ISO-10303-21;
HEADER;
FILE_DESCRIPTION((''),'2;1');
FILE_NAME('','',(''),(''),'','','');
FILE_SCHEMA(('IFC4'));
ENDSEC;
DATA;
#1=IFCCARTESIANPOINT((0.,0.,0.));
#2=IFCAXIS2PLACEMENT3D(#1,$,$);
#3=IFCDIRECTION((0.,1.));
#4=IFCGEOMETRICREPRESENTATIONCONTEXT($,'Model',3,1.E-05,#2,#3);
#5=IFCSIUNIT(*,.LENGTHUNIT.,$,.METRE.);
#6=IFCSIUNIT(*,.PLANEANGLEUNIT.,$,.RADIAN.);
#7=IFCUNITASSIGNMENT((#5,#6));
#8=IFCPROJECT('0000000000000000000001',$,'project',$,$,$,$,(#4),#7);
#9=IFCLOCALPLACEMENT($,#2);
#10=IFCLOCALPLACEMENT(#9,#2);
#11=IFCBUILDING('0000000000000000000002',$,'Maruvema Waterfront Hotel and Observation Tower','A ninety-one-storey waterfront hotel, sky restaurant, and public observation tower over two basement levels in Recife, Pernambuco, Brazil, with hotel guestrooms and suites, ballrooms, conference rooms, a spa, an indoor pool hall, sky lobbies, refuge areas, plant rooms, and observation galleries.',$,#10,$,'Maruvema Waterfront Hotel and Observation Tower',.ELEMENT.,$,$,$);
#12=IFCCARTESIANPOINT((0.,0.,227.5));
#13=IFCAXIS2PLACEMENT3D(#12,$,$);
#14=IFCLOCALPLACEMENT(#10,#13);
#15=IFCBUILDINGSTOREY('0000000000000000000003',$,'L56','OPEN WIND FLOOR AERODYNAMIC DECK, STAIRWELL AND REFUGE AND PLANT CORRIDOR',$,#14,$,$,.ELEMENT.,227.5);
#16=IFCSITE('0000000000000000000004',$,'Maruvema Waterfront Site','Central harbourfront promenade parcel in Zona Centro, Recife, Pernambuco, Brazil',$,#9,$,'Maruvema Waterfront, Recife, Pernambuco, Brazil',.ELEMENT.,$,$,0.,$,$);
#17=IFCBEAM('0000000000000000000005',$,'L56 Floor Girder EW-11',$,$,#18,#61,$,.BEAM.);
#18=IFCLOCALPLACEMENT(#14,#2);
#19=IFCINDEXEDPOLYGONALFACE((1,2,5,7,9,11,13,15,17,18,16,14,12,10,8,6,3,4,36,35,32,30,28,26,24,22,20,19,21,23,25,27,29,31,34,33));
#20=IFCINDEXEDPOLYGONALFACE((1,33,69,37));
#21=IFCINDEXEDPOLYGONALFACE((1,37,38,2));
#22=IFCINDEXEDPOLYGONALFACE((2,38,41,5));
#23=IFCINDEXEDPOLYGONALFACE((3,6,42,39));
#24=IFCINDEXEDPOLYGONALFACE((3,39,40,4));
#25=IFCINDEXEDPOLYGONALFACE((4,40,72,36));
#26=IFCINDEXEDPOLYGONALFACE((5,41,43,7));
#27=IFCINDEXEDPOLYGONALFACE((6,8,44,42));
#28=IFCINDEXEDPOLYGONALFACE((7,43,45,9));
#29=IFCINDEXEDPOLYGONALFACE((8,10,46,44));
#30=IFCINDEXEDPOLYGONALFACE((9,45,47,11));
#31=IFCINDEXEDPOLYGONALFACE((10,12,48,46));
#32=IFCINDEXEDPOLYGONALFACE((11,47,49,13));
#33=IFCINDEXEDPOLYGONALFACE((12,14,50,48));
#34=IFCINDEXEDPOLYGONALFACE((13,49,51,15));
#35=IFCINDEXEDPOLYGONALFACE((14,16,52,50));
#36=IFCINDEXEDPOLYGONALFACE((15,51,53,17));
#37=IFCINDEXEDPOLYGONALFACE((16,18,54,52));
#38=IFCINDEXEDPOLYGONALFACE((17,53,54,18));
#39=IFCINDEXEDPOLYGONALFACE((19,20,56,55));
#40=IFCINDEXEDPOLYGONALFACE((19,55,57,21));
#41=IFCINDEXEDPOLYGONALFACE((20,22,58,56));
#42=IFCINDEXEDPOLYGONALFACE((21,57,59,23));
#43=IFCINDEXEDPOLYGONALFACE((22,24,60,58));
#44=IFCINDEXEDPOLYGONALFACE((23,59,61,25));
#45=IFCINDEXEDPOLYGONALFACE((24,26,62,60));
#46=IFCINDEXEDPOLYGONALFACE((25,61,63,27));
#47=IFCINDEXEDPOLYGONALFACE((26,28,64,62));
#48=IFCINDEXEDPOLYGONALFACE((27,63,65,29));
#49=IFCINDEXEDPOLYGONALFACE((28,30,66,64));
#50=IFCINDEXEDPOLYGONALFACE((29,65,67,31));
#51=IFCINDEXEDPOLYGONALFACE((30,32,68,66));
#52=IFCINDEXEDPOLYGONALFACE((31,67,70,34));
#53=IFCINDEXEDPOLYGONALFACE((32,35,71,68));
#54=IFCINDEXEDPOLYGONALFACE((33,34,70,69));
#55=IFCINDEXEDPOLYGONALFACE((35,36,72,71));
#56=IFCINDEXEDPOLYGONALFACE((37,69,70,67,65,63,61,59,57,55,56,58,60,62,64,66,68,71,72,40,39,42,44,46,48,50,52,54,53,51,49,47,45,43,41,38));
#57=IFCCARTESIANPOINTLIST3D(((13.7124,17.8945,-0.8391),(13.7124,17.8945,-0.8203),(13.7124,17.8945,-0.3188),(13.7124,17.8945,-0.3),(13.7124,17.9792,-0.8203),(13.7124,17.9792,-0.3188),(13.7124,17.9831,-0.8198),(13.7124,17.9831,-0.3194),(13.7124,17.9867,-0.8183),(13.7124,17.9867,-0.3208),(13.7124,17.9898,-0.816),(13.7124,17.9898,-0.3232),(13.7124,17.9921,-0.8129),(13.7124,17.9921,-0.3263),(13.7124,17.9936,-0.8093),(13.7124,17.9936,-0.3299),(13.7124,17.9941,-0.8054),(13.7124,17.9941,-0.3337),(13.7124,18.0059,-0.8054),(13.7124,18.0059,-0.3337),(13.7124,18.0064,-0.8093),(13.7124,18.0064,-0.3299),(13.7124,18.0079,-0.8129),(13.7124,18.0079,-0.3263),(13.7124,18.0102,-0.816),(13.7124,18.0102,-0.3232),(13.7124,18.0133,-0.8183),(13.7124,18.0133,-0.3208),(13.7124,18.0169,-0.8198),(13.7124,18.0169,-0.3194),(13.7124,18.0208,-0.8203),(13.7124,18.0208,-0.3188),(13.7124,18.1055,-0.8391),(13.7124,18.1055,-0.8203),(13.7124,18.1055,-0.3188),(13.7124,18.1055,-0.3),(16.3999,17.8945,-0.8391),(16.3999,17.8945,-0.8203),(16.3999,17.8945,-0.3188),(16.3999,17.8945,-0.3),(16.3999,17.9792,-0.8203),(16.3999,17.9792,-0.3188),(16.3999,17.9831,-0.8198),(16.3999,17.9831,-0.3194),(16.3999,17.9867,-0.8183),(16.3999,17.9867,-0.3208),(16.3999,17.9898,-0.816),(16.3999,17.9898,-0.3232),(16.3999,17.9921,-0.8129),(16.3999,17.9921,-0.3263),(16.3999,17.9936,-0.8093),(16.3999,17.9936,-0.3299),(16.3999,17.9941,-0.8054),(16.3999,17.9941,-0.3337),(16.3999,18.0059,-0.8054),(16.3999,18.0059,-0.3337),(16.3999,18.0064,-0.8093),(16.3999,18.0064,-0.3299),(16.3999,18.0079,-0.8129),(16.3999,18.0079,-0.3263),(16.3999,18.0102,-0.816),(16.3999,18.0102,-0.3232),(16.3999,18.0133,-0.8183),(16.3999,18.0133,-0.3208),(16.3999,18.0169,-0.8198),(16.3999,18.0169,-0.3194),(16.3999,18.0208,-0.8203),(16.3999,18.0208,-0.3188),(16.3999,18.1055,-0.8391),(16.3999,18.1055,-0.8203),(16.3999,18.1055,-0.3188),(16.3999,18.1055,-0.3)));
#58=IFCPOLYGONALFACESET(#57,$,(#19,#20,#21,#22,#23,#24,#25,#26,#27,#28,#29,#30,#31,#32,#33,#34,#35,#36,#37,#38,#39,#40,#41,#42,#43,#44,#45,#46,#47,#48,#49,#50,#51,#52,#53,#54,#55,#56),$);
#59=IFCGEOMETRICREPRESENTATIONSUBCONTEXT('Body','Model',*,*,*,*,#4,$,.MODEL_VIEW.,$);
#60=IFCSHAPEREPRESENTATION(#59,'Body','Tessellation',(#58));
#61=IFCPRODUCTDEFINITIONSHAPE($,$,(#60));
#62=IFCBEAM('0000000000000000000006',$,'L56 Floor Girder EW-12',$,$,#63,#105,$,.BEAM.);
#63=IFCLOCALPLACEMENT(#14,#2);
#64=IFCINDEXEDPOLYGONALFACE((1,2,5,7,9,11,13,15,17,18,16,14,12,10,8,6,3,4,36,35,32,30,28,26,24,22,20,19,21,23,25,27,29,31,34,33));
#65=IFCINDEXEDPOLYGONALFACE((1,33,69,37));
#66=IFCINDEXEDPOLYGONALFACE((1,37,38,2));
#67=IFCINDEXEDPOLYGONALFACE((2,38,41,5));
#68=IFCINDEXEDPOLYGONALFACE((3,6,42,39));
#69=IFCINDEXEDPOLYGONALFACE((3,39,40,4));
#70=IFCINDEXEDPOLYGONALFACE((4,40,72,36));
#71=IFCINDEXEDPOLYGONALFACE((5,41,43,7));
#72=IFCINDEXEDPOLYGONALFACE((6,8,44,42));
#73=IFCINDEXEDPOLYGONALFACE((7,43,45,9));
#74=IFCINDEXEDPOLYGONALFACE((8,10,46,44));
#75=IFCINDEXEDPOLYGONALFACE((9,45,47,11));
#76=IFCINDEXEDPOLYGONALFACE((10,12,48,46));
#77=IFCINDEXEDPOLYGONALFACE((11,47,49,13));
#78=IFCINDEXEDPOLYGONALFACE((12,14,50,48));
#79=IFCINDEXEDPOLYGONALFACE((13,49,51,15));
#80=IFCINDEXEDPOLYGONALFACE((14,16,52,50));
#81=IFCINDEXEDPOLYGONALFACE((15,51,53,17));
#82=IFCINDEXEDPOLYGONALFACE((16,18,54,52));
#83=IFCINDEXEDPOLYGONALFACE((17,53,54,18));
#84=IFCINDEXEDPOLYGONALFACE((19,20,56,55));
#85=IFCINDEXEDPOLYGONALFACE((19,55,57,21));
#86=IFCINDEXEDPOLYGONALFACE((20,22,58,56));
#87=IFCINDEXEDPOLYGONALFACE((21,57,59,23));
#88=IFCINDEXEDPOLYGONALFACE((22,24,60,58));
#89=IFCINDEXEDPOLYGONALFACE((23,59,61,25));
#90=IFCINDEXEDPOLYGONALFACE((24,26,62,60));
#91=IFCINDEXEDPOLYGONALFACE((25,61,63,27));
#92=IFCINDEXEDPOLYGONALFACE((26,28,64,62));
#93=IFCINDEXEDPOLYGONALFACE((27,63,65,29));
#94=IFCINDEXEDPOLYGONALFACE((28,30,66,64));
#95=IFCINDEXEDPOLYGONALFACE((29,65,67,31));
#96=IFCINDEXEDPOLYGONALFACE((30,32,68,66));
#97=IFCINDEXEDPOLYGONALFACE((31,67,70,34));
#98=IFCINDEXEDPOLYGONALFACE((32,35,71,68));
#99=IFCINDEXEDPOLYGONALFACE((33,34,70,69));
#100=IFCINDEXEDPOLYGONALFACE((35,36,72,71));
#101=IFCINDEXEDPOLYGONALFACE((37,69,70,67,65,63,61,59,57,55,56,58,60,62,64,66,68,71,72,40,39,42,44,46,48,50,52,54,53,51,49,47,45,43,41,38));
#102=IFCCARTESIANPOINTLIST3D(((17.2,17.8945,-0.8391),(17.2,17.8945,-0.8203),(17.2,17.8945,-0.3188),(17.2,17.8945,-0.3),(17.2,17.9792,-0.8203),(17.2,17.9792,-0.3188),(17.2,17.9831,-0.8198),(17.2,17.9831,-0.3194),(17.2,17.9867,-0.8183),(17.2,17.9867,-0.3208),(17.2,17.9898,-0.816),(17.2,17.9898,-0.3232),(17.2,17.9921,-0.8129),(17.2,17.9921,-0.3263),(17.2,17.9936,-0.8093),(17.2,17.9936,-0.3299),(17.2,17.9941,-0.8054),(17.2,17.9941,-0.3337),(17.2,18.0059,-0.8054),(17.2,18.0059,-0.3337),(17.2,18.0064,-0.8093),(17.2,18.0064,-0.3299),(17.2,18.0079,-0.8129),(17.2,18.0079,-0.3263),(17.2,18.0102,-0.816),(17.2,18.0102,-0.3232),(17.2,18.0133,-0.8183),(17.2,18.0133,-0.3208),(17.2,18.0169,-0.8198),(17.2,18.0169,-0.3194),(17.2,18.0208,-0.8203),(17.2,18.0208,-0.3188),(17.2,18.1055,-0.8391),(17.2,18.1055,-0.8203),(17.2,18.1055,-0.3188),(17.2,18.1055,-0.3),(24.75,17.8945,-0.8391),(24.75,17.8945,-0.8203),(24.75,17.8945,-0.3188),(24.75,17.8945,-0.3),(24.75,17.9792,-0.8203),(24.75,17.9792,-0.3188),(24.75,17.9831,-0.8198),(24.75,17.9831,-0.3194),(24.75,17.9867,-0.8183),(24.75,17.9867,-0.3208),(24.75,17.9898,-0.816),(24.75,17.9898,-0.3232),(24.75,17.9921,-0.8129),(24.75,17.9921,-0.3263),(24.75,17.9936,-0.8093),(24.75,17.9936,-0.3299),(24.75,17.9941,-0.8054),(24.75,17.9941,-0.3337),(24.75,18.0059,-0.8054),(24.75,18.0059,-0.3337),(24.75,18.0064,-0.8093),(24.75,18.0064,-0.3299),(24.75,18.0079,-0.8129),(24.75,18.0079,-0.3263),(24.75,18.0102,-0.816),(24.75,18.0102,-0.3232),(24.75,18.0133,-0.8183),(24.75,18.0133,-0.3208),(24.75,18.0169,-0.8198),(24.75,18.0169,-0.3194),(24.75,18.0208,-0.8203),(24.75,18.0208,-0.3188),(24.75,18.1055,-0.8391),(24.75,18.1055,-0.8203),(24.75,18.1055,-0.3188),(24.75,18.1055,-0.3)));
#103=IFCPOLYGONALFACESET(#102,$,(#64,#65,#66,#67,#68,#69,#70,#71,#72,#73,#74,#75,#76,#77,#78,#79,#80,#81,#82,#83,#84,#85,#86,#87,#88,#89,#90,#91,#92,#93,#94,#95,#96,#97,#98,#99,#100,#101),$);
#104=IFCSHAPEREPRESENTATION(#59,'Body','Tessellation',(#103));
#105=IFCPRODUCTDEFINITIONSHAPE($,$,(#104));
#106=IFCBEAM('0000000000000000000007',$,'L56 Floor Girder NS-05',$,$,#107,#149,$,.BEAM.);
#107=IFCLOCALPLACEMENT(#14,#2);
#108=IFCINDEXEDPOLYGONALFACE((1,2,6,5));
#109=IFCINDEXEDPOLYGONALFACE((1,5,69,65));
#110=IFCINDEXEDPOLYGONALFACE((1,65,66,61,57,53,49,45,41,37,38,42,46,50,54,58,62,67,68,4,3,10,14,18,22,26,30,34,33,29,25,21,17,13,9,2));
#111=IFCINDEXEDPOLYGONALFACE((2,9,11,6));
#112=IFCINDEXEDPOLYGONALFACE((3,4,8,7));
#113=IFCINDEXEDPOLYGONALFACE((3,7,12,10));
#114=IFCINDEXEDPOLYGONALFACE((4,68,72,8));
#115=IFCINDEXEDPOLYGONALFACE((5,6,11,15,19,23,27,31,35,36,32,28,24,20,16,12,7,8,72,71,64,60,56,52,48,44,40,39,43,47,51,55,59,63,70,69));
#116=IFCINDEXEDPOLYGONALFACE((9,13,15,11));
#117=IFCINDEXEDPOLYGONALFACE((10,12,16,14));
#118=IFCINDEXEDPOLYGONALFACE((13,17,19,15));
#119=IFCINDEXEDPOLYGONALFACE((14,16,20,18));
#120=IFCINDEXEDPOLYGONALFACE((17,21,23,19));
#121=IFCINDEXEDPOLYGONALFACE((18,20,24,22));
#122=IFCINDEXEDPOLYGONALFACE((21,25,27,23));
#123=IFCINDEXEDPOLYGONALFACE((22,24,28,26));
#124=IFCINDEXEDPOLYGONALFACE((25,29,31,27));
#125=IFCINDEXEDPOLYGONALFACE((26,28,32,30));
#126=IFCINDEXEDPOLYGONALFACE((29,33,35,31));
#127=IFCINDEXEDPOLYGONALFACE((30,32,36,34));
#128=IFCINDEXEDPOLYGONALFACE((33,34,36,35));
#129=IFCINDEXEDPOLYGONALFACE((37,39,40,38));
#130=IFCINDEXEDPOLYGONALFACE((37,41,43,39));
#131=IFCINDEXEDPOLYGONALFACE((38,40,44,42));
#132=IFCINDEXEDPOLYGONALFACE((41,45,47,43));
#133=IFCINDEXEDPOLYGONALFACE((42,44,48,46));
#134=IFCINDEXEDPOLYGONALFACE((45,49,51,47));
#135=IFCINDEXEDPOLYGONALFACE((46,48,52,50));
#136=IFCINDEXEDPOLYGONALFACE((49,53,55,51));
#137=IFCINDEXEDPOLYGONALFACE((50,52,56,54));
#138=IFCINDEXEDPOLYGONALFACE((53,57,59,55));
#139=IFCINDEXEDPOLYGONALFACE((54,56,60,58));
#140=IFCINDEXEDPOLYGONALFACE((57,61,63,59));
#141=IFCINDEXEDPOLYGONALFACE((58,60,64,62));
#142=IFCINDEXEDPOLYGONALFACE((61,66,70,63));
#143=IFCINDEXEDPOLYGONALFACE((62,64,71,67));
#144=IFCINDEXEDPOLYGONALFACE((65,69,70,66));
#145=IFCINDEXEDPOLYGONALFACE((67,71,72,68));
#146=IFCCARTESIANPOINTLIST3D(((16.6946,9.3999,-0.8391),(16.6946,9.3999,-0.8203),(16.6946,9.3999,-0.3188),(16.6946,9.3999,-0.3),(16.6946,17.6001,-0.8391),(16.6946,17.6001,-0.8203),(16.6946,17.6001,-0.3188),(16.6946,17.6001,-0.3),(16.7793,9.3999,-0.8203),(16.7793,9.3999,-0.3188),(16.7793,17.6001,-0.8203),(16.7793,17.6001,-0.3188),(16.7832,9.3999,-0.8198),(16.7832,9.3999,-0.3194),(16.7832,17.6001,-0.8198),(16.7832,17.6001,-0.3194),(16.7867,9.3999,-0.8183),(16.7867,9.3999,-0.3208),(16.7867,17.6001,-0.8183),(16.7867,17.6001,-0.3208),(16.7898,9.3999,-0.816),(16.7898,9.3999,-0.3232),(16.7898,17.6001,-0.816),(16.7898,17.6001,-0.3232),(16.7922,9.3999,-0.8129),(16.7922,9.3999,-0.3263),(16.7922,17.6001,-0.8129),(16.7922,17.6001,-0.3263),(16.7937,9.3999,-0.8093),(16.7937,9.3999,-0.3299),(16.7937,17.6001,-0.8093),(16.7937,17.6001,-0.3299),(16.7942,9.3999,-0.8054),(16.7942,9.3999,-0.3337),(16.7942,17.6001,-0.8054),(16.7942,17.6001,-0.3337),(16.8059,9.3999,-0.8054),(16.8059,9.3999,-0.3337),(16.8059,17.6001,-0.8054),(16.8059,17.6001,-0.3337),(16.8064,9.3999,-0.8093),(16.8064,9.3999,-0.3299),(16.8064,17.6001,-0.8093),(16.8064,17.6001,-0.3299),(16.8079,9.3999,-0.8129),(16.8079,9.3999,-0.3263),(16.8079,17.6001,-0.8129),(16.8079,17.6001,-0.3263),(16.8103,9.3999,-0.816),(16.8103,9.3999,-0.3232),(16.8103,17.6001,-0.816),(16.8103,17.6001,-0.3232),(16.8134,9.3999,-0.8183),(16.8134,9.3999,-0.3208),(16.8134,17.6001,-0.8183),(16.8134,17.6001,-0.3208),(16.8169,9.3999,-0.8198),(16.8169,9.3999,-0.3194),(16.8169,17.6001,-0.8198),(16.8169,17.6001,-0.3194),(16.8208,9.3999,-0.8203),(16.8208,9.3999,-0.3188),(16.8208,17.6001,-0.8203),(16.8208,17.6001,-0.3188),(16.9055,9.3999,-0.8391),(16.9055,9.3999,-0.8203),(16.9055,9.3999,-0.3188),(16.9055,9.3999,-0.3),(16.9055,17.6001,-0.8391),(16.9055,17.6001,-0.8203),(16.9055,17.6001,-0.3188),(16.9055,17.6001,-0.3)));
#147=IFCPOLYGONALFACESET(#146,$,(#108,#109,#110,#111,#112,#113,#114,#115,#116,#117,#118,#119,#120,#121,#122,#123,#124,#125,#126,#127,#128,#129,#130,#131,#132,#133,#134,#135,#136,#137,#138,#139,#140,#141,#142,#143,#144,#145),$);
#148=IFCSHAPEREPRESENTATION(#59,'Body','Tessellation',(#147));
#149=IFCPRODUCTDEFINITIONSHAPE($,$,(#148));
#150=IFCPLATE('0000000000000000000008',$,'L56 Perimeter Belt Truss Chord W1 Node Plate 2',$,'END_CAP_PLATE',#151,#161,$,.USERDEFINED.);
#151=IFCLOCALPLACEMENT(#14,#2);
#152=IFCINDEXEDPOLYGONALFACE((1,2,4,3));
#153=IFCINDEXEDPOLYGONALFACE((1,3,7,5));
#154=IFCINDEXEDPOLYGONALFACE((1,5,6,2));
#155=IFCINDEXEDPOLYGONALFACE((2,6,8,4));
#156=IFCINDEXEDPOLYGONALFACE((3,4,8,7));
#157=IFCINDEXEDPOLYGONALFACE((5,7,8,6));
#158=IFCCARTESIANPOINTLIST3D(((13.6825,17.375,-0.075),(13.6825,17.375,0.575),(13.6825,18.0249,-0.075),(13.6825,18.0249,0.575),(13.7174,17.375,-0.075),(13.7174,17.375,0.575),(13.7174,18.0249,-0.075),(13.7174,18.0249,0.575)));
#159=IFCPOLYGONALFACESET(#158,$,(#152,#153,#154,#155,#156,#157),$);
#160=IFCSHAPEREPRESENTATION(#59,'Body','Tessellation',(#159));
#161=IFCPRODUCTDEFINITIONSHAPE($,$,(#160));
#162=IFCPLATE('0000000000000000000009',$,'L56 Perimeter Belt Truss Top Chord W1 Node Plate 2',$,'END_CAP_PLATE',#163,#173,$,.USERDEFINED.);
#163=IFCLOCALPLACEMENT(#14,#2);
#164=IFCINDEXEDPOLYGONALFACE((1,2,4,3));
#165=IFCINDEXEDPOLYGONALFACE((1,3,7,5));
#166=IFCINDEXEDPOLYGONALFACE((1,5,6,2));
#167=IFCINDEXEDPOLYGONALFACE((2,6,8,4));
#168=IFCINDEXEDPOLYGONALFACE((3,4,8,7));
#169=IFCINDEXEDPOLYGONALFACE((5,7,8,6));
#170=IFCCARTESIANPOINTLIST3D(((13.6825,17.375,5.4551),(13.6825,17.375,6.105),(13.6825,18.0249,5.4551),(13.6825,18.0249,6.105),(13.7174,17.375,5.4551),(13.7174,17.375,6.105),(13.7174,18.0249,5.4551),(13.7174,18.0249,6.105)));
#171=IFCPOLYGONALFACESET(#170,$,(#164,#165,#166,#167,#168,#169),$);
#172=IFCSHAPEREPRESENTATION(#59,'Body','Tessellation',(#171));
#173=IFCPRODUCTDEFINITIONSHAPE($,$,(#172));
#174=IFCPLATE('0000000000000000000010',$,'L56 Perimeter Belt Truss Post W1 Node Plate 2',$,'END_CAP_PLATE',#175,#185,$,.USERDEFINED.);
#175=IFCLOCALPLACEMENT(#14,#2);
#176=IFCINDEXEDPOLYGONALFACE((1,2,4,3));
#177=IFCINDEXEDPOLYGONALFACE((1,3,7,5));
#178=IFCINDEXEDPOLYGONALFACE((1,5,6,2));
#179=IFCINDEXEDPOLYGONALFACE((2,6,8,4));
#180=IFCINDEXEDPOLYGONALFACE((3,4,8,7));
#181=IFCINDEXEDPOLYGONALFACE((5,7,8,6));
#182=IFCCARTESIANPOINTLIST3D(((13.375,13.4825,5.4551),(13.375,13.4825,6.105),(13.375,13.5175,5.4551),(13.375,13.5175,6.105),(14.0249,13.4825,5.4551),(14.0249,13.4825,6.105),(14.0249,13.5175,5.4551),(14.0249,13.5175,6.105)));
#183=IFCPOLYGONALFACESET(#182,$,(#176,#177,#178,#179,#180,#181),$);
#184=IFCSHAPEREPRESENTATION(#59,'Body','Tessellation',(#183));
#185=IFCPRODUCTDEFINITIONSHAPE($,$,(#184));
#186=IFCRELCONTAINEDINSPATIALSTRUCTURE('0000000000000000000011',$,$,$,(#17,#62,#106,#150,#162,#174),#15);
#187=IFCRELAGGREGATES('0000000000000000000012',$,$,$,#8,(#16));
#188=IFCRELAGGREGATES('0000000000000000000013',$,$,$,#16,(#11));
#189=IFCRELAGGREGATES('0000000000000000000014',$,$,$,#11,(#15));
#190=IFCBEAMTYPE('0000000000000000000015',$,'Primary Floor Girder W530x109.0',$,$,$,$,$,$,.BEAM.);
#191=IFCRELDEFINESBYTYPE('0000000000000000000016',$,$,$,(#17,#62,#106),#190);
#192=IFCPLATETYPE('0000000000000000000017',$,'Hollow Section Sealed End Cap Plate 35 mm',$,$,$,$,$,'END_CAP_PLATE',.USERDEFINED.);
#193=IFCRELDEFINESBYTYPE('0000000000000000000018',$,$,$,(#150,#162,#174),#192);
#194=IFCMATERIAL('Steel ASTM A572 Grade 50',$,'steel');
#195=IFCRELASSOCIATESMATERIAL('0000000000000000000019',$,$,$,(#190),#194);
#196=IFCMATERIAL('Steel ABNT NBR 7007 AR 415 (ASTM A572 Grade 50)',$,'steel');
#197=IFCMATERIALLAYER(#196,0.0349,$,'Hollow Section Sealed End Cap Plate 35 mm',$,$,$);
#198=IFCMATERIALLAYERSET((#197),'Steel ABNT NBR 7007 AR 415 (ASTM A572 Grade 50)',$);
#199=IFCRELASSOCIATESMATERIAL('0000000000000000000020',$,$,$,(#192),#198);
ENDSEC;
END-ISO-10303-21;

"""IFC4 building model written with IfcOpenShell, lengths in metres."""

from ifc_helpers import new_model, si_unit, direction, frame, origin, origin_2d, place, context, subcontext, project, spatial, rectangle, i_section, extrude, material, layer, layer_set, material_profile, profile_set, type_object, element, save


model = new_model("IFC4")

# Units and contexts
model_context = context("Model", 3, precision=1e-05, world=origin(), true_north=direction((0.0, 1.0)))
body_context = subcontext(model_context, "Body", "Model", "MODEL_VIEW")
ifc_project = project(units=[si_unit("LENGTHUNIT", "METRE"), si_unit("PLANEANGLEUNIT", "RADIAN")], contexts=[model_context])

# Site, building, storey
site_placement = place(None, origin())
site = spatial("IfcSite", under=ifc_project, at=site_placement, Name="Maruvema Waterfront Site", Description="Central harbourfront promenade parcel in Zona Centro, Recife, Pernambuco, Brazil", LongName="Maruvema Waterfront, Recife, Pernambuco, Brazil", CompositionType="ELEMENT", RefElevation=0.0)
building_placement = place(site_placement, origin())
building = spatial("IfcBuilding", under=site, at=building_placement, Name="Maruvema Waterfront Hotel and Observation Tower", Description="A ninety-one-storey waterfront hotel, sky restaurant, and public observation tower over two basement levels in Recife, Pernambuco, Brazil, with hotel guestrooms and suites, ballrooms, conference rooms, a spa, an indoor pool hall, sky lobbies, refuge areas, plant rooms, and observation galleries.", LongName="Maruvema Waterfront Hotel and Observation Tower", CompositionType="ELEMENT")
storey_placement = place(building_placement, frame((0.0, 0.0, 227.5)))
storey = spatial("IfcBuildingStorey", under=building, at=storey_placement, Name="L56", Description="OPEN WIND FLOOR AERODYNAMIC DECK, STAIRWELL AND REFUGE AND PLANT CORRIDOR", CompositionType="ELEMENT", Elevation=227.5)

# Beams
ifc_material_1 = material(Name="Steel ASTM A572 Grade 50", Category="steel")
ifc_material_profile_1 = material_profile(ifc_material_1, i_section(OverallWidth=0.2109, OverallDepth=0.5391, WebThickness=0.0117, FlangeThickness=0.0188, FilletRadius=0.0149, at=origin_2d()), Name="W530x109.0")
ifc_profile_set_1 = profile_set([ifc_material_profile_1], Name="Steel ASTM A572 Grade 50")
beam_type_1 = type_object("IfcBeamType", Name="Primary Floor Girder W530x109.0", PredefinedType="BEAM", material=ifc_profile_set_1)
beam_1_placement = place(storey_placement, frame((13.7124, 18.0, -0.5696), z_axis=(1.0, 0.0, 0.0), x_axis=(0.0, 1.0, 0.0)))
element("IfcBeam", 1, at=beam_1_placement, inside=storey, type_object=beam_type_1, Name="L56 Floor Girder EW-11", PredefinedType="BEAM", context=body_context, shape_type="SweptSolid", body=[
    extrude(i_section(OverallWidth=0.2109, OverallDepth=0.5391, WebThickness=0.0117, FlangeThickness=0.0188, FilletRadius=0.0149, at=origin_2d()), origin(), (0.0, 0.0, 1.0), 2.6875),
])
beam_2_placement = place(storey_placement, frame((17.2, 18.0, -0.5696), z_axis=(1.0, 0.0, 0.0), x_axis=(0.0, 1.0, 0.0)))
element("IfcBeam", 2, at=beam_2_placement, inside=storey, type_object=beam_type_1, Name="L56 Floor Girder EW-12", PredefinedType="BEAM", context=body_context, shape_type="SweptSolid", body=[
    extrude(i_section(OverallWidth=0.2109, OverallDepth=0.5391, WebThickness=0.0117, FlangeThickness=0.0188, FilletRadius=0.0149, at=origin_2d()), origin(), (0.0, 0.0, 1.0), 7.55),
])
beam_3_placement = place(storey_placement, frame((16.8, 9.3999, -0.5696), z_axis=(0.0, 1.0, 0.0), x_axis=(-1.0, 0.0, 0.0)))
element("IfcBeam", 3, at=beam_3_placement, inside=storey, type_object=beam_type_1, Name="L56 Floor Girder NS-05", PredefinedType="BEAM", context=body_context, shape_type="SweptSolid", body=[
    extrude(i_section(OverallWidth=0.2109, OverallDepth=0.5391, WebThickness=0.0117, FlangeThickness=0.0188, FilletRadius=0.0149, at=origin_2d()), origin(), (0.0, 0.0, 1.0), 8.2002),
])

# Plates
ifc_material_2 = material(Name="Steel ABNT NBR 7007 AR 415 (ASTM A572 Grade 50)", Category="steel")
ifc_layer_1 = layer(ifc_material_2, 0.0349, Name="Hollow Section Sealed End Cap Plate 35 mm")
ifc_layer_set_1 = layer_set([ifc_layer_1], Name="Steel ABNT NBR 7007 AR 415 (ASTM A572 Grade 50)")
plate_type_1 = type_object("IfcPlateType", Name="Hollow Section Sealed End Cap Plate 35 mm", ElementType="END_CAP_PLATE", PredefinedType="USERDEFINED", material=ifc_layer_set_1)
for number, where, z_axis, x_axis, name in (
    (4, (13.7, 17.7, -0.075), (0.0, 0.0, 1.0), (0.0, 1.0, 0.0), "L56 Perimeter Belt Truss Chord W1 Node Plate 2"),
    (5, (13.7, 17.7, 5.4551), (0.0, 0.0, 1.0), (0.0, 1.0, 0.0), "L56 Perimeter Belt Truss Top Chord W1 Node Plate 2"),
    (6, (13.7, 13.5, 5.4551), (0.0, 0.0, 1.0), (1.0, 0.0, 0.0), "L56 Perimeter Belt Truss Post W1 Node Plate 2"),
):
    element("IfcPlate", number, at=place(storey_placement, frame(where, z_axis=z_axis, x_axis=x_axis)), inside=storey, type_object=plate_type_1, Name=name, ObjectType="END_CAP_PLATE", PredefinedType="USERDEFINED", context=body_context, shape_type="SweptSolid", body=[
        extrude(rectangle(XDim=0.6499, YDim=0.0349, at=origin_2d()), origin(), (0.0, 0.0, 1.0), 0.6499),
    ])

save(model, "model.ifc")
